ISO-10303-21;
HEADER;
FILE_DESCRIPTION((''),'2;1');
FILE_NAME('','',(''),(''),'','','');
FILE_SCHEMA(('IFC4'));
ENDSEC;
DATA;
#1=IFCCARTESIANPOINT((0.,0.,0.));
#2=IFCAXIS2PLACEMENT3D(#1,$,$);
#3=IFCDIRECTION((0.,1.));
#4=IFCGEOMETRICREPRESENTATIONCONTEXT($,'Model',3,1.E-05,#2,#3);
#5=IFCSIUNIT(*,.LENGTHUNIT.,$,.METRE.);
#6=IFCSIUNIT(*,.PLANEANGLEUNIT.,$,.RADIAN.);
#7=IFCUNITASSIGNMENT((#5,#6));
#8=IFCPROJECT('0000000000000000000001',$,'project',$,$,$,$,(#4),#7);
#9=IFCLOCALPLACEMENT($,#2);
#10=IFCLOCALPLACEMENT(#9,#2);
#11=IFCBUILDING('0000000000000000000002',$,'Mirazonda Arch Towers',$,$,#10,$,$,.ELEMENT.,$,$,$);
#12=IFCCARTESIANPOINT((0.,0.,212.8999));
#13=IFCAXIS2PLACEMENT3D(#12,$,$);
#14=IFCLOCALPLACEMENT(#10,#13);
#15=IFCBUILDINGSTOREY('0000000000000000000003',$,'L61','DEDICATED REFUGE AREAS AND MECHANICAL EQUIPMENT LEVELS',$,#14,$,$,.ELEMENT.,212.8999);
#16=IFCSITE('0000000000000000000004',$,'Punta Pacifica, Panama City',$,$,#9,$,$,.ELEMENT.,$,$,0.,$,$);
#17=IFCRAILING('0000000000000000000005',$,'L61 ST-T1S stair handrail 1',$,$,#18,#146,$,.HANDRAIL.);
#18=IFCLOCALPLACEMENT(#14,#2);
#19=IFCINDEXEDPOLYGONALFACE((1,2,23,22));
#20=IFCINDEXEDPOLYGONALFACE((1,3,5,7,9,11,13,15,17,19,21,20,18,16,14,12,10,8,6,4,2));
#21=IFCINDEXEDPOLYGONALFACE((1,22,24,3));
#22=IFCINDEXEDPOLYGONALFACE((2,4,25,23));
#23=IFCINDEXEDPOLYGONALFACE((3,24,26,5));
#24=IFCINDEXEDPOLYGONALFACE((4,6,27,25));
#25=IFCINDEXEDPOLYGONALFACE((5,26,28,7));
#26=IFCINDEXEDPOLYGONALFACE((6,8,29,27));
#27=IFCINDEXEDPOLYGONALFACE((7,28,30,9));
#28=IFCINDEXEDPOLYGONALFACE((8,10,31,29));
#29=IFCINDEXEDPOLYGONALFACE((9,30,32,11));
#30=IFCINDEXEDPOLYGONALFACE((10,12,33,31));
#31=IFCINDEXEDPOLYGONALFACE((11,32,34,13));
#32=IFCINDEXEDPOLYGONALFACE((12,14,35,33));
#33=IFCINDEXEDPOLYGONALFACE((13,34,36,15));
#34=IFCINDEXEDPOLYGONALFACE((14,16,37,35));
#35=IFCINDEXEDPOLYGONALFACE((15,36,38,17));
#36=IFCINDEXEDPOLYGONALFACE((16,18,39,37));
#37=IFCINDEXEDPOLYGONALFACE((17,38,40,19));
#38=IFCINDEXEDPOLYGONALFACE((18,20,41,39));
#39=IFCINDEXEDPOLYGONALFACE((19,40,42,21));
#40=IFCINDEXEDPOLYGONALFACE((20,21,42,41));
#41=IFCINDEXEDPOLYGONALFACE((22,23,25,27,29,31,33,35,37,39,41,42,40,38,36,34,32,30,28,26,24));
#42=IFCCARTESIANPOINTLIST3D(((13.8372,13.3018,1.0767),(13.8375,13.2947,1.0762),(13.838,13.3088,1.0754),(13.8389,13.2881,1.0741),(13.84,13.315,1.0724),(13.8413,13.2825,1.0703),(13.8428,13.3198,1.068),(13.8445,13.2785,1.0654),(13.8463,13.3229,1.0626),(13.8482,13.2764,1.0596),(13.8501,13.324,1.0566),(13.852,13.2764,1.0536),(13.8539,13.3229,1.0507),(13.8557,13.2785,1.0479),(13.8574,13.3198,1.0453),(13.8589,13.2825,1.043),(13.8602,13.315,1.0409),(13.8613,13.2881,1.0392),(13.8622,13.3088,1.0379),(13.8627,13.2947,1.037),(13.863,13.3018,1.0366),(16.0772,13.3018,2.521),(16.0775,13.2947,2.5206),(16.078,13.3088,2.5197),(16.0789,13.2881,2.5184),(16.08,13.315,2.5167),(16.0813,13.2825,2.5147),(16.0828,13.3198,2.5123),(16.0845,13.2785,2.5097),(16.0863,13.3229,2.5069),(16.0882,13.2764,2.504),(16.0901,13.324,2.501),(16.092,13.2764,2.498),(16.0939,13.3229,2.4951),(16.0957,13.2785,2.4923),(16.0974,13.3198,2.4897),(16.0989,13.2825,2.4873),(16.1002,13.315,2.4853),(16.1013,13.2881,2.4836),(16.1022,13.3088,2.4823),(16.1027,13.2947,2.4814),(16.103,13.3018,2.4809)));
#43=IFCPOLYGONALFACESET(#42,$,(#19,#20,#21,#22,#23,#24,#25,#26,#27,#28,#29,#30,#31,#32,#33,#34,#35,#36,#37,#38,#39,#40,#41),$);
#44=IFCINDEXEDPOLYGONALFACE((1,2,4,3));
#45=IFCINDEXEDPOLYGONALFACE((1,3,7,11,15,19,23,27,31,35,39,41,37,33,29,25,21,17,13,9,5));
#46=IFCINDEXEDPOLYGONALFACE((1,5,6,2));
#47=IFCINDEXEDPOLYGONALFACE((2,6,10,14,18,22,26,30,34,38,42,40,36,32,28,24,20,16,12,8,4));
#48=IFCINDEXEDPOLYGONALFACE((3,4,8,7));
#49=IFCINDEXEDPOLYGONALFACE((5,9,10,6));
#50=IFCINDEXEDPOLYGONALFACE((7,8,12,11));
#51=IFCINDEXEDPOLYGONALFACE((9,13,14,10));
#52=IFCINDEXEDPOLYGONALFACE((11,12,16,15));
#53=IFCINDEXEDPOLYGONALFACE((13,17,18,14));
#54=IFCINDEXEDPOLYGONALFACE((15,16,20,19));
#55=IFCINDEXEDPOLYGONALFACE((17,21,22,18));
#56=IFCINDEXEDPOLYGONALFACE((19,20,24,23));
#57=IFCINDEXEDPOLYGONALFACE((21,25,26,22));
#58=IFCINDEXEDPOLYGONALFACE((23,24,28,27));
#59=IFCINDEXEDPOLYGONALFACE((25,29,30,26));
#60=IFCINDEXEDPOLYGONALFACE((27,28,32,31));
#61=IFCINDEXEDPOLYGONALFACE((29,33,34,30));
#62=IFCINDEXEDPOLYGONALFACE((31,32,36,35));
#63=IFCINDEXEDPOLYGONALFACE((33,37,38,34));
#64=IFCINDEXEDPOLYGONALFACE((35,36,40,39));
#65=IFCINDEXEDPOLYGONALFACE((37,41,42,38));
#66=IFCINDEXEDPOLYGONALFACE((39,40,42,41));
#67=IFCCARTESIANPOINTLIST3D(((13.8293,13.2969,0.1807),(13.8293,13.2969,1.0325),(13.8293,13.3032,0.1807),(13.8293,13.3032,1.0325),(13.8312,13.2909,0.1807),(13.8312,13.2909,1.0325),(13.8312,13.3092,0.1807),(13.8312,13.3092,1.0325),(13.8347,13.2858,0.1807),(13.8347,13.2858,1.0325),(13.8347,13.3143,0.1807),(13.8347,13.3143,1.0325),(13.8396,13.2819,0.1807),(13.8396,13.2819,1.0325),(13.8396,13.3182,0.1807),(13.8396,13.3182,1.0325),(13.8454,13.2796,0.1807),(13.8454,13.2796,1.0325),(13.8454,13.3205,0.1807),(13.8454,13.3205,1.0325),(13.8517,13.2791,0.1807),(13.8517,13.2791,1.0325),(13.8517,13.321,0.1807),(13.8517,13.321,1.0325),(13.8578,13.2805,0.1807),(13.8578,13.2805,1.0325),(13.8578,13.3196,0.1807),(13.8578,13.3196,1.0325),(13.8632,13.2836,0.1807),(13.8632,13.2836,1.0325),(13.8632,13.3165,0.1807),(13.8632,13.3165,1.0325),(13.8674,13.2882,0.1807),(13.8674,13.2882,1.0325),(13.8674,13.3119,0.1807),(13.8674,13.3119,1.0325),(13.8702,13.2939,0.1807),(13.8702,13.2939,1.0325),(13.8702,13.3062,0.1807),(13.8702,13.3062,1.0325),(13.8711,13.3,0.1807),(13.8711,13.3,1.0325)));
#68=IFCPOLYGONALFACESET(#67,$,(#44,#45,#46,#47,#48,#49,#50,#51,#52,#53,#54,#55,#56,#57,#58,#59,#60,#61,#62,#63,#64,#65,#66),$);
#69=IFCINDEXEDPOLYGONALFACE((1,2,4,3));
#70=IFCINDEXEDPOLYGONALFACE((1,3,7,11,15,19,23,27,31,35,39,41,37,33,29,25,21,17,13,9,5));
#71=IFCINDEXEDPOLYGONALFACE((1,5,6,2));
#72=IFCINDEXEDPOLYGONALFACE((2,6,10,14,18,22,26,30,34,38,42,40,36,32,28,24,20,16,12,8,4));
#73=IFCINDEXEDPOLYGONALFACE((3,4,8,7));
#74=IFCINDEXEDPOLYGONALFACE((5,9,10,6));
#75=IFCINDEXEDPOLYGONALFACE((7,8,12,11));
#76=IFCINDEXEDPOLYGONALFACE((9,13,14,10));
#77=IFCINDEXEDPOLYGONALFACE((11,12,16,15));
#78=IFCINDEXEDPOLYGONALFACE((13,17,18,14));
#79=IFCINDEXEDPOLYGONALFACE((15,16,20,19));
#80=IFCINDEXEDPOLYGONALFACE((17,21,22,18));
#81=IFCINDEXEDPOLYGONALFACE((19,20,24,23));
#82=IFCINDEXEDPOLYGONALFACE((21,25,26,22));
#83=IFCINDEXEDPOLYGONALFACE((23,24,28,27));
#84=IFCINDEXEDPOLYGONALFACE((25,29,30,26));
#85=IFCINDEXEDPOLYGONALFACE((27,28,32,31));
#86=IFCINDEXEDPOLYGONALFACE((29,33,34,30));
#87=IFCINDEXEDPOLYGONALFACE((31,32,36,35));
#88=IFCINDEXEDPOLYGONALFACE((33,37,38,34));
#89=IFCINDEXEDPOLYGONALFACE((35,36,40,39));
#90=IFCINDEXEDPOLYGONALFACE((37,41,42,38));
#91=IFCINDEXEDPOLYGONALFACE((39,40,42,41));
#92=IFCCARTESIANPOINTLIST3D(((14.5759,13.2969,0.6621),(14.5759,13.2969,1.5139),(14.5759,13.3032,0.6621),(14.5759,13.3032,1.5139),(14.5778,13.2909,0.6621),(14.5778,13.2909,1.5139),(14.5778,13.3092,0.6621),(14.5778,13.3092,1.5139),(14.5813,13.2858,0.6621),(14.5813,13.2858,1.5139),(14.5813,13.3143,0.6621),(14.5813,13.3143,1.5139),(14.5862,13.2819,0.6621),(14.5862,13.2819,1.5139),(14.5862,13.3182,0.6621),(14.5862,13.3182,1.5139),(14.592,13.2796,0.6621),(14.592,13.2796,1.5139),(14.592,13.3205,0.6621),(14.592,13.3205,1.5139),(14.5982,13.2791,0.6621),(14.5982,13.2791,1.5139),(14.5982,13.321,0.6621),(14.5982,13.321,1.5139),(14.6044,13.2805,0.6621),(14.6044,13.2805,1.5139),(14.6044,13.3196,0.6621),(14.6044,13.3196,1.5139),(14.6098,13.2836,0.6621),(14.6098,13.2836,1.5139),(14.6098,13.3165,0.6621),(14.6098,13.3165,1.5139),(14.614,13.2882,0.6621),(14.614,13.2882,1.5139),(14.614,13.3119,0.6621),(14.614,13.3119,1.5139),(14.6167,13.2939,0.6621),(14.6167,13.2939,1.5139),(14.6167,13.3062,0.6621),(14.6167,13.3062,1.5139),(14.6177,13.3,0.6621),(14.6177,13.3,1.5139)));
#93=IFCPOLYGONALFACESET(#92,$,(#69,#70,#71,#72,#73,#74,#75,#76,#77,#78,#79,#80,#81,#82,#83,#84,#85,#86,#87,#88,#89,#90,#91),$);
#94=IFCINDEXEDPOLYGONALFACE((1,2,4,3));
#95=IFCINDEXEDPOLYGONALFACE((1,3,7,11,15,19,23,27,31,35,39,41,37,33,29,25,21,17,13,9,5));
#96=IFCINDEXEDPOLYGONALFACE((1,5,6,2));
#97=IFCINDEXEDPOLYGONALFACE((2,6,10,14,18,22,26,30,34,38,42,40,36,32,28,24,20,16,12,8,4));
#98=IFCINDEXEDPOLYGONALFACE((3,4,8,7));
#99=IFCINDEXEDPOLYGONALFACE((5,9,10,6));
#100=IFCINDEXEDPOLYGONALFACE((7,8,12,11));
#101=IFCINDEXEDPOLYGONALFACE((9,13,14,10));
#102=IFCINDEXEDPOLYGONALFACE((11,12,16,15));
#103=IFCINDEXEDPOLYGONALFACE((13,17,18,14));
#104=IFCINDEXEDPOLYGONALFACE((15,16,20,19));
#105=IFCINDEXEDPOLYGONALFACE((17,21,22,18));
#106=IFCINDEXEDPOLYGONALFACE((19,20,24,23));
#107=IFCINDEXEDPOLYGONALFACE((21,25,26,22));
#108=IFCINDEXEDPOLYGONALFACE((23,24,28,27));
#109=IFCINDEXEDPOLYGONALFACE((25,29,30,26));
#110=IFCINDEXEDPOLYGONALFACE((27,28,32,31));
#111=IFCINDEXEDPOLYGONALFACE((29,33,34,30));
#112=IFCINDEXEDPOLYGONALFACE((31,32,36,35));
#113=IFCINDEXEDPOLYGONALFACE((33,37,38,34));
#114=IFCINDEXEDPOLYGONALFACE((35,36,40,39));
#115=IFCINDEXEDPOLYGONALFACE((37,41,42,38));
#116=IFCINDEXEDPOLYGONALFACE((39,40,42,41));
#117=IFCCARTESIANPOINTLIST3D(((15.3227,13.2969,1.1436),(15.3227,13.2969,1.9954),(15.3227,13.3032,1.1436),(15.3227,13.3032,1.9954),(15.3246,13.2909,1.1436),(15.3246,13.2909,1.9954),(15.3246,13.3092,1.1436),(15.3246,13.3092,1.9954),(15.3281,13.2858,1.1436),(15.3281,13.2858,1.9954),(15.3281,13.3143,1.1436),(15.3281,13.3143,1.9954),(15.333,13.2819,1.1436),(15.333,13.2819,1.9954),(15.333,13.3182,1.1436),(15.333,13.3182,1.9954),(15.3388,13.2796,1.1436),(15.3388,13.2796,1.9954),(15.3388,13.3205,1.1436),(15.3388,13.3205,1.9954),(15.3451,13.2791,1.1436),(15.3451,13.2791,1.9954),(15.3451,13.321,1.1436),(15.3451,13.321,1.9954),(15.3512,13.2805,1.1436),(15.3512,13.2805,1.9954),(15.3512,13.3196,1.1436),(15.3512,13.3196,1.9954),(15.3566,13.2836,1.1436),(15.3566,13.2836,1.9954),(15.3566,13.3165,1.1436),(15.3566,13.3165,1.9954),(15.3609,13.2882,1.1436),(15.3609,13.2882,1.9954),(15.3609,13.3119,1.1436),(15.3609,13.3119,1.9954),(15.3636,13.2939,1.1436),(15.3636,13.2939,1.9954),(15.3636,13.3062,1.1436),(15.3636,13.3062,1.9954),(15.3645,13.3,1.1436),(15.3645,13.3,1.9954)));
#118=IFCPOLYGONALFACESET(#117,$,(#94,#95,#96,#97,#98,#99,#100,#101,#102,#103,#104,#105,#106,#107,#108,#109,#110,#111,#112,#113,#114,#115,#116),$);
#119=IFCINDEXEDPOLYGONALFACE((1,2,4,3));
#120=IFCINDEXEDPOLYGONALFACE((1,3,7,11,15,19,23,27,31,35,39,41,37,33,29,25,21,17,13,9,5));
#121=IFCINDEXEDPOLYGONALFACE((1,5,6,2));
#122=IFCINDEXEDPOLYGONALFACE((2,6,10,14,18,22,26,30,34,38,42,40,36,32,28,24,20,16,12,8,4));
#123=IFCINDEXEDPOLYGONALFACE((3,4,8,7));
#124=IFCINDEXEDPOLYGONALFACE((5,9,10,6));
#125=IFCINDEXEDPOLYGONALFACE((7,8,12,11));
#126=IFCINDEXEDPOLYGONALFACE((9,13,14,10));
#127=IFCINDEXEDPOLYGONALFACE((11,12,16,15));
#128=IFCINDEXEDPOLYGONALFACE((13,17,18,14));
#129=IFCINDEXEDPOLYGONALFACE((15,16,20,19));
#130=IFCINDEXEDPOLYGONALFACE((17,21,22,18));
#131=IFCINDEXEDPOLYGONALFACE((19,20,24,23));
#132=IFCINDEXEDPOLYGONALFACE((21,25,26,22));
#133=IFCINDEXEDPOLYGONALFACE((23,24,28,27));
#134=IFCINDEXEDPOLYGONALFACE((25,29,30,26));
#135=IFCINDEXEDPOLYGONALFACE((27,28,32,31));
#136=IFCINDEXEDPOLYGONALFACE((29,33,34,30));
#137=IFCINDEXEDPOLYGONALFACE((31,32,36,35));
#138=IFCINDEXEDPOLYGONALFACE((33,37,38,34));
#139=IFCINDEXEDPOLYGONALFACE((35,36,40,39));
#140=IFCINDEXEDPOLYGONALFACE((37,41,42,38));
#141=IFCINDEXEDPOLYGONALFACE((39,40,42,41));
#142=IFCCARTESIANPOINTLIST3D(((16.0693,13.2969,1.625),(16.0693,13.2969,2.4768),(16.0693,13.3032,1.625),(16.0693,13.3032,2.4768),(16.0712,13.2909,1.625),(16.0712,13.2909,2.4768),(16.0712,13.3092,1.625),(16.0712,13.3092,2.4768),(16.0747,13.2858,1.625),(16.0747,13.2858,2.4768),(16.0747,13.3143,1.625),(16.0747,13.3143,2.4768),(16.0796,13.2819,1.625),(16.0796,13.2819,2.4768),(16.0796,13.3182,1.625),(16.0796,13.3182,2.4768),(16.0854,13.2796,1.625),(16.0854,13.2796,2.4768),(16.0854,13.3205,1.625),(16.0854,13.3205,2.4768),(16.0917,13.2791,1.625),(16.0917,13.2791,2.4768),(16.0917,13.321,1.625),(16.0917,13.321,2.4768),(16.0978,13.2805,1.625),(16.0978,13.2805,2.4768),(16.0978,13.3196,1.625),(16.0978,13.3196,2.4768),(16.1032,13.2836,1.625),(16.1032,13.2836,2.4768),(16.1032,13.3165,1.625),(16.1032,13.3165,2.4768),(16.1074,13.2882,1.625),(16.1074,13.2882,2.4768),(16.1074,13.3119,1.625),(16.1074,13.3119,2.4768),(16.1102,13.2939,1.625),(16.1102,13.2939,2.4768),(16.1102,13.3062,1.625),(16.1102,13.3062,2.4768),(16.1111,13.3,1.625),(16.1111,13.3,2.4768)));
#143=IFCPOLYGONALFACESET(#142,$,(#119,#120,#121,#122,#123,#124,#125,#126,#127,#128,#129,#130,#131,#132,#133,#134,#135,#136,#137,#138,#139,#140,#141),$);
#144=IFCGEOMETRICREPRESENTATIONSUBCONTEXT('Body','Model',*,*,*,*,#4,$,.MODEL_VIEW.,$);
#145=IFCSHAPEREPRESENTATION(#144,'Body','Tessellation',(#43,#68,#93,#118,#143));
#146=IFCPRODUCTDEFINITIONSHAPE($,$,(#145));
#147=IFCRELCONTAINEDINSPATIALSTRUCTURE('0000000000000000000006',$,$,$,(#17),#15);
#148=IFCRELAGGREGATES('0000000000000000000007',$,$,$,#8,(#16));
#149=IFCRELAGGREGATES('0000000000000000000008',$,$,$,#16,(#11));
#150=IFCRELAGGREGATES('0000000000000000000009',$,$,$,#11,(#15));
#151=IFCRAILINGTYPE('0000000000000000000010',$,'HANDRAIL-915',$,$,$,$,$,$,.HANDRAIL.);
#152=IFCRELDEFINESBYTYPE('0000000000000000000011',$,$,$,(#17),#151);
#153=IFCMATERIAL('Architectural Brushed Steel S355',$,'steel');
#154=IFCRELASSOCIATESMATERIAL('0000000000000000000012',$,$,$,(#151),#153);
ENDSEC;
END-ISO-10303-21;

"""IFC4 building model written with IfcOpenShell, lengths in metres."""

from ifc_helpers import new_model, si_unit, direction, frame, origin, origin_2d, place, context, subcontext, project, spatial, circle, extrude, material, type_object, element, save


model = new_model("IFC4")

# Units and contexts
model_context = context("Model", 3, precision=1e-05, world=origin(), true_north=direction((0.0, 1.0)))
body_context = subcontext(model_context, "Body", "Model", "MODEL_VIEW")
ifc_project = project(units=[si_unit("LENGTHUNIT", "METRE"), si_unit("PLANEANGLEUNIT", "RADIAN")], contexts=[model_context])

# Site, building, storey
site_placement = place(None, origin())
site = spatial("IfcSite", under=ifc_project, at=site_placement, Name="Punta Pacifica, Panama City", CompositionType="ELEMENT", RefElevation=0.0)
building_placement = place(site_placement, origin())
building = spatial("IfcBuilding", under=site, at=building_placement, Name="Mirazonda Arch Towers", CompositionType="ELEMENT")
storey_placement = place(building_placement, frame((0.0, 0.0, 212.8999)))
storey = spatial("IfcBuildingStorey", under=building, at=storey_placement, Name="L61", Description="DEDICATED REFUGE AREAS AND MECHANICAL EQUIPMENT LEVELS", CompositionType="ELEMENT", Elevation=212.8999)

# Shared definitions
ifc_material_1 = material(Name="Architectural Brushed Steel S355", Category="steel")

# Railing
railing_type_1 = type_object("IfcRailingType", Name="HANDRAIL-915", PredefinedType="HANDRAIL", material=ifc_material_1)
for number, where, name in (
    (1, (13.8501, 13.3, 0.1807), "L61 ST-T1S stair handrail 1"),
):
    element("IfcRailing", number, at=place(storey_placement, frame(where)), inside=storey, type_object=railing_type_1, Name=name, PredefinedType="HANDRAIL", context=body_context, shape_type="SweptSolid", body=[
        extrude(circle(Radius=0.0239, at=origin_2d()), frame((0.0, 0.0, 0.876), z_axis=(0.840437, 0.0, 0.54191), x_axis=(0.0, 1.0, 0.0)), (0.0, 0.0, 1.0), 2.6653),
        extrude(circle(Radius=0.021, at=origin_2d()), origin(), (0.0, 0.0, 1.0), 0.8518),
        extrude(circle(Radius=0.021, at=origin_2d()), frame((0.7466, 0.0, 0.4814)), (0.0, 0.0, 1.0), 0.8518),
        extrude(circle(Radius=0.021, at=origin_2d()), frame((1.4934, 0.0, 0.9629)), (0.0, 0.0, 1.0), 0.8518),
        extrude(circle(Radius=0.021, at=origin_2d()), frame((2.24, 0.0, 1.4443)), (0.0, 0.0, 1.0), 0.8518),
    ])

save(model, "model.ifc")
